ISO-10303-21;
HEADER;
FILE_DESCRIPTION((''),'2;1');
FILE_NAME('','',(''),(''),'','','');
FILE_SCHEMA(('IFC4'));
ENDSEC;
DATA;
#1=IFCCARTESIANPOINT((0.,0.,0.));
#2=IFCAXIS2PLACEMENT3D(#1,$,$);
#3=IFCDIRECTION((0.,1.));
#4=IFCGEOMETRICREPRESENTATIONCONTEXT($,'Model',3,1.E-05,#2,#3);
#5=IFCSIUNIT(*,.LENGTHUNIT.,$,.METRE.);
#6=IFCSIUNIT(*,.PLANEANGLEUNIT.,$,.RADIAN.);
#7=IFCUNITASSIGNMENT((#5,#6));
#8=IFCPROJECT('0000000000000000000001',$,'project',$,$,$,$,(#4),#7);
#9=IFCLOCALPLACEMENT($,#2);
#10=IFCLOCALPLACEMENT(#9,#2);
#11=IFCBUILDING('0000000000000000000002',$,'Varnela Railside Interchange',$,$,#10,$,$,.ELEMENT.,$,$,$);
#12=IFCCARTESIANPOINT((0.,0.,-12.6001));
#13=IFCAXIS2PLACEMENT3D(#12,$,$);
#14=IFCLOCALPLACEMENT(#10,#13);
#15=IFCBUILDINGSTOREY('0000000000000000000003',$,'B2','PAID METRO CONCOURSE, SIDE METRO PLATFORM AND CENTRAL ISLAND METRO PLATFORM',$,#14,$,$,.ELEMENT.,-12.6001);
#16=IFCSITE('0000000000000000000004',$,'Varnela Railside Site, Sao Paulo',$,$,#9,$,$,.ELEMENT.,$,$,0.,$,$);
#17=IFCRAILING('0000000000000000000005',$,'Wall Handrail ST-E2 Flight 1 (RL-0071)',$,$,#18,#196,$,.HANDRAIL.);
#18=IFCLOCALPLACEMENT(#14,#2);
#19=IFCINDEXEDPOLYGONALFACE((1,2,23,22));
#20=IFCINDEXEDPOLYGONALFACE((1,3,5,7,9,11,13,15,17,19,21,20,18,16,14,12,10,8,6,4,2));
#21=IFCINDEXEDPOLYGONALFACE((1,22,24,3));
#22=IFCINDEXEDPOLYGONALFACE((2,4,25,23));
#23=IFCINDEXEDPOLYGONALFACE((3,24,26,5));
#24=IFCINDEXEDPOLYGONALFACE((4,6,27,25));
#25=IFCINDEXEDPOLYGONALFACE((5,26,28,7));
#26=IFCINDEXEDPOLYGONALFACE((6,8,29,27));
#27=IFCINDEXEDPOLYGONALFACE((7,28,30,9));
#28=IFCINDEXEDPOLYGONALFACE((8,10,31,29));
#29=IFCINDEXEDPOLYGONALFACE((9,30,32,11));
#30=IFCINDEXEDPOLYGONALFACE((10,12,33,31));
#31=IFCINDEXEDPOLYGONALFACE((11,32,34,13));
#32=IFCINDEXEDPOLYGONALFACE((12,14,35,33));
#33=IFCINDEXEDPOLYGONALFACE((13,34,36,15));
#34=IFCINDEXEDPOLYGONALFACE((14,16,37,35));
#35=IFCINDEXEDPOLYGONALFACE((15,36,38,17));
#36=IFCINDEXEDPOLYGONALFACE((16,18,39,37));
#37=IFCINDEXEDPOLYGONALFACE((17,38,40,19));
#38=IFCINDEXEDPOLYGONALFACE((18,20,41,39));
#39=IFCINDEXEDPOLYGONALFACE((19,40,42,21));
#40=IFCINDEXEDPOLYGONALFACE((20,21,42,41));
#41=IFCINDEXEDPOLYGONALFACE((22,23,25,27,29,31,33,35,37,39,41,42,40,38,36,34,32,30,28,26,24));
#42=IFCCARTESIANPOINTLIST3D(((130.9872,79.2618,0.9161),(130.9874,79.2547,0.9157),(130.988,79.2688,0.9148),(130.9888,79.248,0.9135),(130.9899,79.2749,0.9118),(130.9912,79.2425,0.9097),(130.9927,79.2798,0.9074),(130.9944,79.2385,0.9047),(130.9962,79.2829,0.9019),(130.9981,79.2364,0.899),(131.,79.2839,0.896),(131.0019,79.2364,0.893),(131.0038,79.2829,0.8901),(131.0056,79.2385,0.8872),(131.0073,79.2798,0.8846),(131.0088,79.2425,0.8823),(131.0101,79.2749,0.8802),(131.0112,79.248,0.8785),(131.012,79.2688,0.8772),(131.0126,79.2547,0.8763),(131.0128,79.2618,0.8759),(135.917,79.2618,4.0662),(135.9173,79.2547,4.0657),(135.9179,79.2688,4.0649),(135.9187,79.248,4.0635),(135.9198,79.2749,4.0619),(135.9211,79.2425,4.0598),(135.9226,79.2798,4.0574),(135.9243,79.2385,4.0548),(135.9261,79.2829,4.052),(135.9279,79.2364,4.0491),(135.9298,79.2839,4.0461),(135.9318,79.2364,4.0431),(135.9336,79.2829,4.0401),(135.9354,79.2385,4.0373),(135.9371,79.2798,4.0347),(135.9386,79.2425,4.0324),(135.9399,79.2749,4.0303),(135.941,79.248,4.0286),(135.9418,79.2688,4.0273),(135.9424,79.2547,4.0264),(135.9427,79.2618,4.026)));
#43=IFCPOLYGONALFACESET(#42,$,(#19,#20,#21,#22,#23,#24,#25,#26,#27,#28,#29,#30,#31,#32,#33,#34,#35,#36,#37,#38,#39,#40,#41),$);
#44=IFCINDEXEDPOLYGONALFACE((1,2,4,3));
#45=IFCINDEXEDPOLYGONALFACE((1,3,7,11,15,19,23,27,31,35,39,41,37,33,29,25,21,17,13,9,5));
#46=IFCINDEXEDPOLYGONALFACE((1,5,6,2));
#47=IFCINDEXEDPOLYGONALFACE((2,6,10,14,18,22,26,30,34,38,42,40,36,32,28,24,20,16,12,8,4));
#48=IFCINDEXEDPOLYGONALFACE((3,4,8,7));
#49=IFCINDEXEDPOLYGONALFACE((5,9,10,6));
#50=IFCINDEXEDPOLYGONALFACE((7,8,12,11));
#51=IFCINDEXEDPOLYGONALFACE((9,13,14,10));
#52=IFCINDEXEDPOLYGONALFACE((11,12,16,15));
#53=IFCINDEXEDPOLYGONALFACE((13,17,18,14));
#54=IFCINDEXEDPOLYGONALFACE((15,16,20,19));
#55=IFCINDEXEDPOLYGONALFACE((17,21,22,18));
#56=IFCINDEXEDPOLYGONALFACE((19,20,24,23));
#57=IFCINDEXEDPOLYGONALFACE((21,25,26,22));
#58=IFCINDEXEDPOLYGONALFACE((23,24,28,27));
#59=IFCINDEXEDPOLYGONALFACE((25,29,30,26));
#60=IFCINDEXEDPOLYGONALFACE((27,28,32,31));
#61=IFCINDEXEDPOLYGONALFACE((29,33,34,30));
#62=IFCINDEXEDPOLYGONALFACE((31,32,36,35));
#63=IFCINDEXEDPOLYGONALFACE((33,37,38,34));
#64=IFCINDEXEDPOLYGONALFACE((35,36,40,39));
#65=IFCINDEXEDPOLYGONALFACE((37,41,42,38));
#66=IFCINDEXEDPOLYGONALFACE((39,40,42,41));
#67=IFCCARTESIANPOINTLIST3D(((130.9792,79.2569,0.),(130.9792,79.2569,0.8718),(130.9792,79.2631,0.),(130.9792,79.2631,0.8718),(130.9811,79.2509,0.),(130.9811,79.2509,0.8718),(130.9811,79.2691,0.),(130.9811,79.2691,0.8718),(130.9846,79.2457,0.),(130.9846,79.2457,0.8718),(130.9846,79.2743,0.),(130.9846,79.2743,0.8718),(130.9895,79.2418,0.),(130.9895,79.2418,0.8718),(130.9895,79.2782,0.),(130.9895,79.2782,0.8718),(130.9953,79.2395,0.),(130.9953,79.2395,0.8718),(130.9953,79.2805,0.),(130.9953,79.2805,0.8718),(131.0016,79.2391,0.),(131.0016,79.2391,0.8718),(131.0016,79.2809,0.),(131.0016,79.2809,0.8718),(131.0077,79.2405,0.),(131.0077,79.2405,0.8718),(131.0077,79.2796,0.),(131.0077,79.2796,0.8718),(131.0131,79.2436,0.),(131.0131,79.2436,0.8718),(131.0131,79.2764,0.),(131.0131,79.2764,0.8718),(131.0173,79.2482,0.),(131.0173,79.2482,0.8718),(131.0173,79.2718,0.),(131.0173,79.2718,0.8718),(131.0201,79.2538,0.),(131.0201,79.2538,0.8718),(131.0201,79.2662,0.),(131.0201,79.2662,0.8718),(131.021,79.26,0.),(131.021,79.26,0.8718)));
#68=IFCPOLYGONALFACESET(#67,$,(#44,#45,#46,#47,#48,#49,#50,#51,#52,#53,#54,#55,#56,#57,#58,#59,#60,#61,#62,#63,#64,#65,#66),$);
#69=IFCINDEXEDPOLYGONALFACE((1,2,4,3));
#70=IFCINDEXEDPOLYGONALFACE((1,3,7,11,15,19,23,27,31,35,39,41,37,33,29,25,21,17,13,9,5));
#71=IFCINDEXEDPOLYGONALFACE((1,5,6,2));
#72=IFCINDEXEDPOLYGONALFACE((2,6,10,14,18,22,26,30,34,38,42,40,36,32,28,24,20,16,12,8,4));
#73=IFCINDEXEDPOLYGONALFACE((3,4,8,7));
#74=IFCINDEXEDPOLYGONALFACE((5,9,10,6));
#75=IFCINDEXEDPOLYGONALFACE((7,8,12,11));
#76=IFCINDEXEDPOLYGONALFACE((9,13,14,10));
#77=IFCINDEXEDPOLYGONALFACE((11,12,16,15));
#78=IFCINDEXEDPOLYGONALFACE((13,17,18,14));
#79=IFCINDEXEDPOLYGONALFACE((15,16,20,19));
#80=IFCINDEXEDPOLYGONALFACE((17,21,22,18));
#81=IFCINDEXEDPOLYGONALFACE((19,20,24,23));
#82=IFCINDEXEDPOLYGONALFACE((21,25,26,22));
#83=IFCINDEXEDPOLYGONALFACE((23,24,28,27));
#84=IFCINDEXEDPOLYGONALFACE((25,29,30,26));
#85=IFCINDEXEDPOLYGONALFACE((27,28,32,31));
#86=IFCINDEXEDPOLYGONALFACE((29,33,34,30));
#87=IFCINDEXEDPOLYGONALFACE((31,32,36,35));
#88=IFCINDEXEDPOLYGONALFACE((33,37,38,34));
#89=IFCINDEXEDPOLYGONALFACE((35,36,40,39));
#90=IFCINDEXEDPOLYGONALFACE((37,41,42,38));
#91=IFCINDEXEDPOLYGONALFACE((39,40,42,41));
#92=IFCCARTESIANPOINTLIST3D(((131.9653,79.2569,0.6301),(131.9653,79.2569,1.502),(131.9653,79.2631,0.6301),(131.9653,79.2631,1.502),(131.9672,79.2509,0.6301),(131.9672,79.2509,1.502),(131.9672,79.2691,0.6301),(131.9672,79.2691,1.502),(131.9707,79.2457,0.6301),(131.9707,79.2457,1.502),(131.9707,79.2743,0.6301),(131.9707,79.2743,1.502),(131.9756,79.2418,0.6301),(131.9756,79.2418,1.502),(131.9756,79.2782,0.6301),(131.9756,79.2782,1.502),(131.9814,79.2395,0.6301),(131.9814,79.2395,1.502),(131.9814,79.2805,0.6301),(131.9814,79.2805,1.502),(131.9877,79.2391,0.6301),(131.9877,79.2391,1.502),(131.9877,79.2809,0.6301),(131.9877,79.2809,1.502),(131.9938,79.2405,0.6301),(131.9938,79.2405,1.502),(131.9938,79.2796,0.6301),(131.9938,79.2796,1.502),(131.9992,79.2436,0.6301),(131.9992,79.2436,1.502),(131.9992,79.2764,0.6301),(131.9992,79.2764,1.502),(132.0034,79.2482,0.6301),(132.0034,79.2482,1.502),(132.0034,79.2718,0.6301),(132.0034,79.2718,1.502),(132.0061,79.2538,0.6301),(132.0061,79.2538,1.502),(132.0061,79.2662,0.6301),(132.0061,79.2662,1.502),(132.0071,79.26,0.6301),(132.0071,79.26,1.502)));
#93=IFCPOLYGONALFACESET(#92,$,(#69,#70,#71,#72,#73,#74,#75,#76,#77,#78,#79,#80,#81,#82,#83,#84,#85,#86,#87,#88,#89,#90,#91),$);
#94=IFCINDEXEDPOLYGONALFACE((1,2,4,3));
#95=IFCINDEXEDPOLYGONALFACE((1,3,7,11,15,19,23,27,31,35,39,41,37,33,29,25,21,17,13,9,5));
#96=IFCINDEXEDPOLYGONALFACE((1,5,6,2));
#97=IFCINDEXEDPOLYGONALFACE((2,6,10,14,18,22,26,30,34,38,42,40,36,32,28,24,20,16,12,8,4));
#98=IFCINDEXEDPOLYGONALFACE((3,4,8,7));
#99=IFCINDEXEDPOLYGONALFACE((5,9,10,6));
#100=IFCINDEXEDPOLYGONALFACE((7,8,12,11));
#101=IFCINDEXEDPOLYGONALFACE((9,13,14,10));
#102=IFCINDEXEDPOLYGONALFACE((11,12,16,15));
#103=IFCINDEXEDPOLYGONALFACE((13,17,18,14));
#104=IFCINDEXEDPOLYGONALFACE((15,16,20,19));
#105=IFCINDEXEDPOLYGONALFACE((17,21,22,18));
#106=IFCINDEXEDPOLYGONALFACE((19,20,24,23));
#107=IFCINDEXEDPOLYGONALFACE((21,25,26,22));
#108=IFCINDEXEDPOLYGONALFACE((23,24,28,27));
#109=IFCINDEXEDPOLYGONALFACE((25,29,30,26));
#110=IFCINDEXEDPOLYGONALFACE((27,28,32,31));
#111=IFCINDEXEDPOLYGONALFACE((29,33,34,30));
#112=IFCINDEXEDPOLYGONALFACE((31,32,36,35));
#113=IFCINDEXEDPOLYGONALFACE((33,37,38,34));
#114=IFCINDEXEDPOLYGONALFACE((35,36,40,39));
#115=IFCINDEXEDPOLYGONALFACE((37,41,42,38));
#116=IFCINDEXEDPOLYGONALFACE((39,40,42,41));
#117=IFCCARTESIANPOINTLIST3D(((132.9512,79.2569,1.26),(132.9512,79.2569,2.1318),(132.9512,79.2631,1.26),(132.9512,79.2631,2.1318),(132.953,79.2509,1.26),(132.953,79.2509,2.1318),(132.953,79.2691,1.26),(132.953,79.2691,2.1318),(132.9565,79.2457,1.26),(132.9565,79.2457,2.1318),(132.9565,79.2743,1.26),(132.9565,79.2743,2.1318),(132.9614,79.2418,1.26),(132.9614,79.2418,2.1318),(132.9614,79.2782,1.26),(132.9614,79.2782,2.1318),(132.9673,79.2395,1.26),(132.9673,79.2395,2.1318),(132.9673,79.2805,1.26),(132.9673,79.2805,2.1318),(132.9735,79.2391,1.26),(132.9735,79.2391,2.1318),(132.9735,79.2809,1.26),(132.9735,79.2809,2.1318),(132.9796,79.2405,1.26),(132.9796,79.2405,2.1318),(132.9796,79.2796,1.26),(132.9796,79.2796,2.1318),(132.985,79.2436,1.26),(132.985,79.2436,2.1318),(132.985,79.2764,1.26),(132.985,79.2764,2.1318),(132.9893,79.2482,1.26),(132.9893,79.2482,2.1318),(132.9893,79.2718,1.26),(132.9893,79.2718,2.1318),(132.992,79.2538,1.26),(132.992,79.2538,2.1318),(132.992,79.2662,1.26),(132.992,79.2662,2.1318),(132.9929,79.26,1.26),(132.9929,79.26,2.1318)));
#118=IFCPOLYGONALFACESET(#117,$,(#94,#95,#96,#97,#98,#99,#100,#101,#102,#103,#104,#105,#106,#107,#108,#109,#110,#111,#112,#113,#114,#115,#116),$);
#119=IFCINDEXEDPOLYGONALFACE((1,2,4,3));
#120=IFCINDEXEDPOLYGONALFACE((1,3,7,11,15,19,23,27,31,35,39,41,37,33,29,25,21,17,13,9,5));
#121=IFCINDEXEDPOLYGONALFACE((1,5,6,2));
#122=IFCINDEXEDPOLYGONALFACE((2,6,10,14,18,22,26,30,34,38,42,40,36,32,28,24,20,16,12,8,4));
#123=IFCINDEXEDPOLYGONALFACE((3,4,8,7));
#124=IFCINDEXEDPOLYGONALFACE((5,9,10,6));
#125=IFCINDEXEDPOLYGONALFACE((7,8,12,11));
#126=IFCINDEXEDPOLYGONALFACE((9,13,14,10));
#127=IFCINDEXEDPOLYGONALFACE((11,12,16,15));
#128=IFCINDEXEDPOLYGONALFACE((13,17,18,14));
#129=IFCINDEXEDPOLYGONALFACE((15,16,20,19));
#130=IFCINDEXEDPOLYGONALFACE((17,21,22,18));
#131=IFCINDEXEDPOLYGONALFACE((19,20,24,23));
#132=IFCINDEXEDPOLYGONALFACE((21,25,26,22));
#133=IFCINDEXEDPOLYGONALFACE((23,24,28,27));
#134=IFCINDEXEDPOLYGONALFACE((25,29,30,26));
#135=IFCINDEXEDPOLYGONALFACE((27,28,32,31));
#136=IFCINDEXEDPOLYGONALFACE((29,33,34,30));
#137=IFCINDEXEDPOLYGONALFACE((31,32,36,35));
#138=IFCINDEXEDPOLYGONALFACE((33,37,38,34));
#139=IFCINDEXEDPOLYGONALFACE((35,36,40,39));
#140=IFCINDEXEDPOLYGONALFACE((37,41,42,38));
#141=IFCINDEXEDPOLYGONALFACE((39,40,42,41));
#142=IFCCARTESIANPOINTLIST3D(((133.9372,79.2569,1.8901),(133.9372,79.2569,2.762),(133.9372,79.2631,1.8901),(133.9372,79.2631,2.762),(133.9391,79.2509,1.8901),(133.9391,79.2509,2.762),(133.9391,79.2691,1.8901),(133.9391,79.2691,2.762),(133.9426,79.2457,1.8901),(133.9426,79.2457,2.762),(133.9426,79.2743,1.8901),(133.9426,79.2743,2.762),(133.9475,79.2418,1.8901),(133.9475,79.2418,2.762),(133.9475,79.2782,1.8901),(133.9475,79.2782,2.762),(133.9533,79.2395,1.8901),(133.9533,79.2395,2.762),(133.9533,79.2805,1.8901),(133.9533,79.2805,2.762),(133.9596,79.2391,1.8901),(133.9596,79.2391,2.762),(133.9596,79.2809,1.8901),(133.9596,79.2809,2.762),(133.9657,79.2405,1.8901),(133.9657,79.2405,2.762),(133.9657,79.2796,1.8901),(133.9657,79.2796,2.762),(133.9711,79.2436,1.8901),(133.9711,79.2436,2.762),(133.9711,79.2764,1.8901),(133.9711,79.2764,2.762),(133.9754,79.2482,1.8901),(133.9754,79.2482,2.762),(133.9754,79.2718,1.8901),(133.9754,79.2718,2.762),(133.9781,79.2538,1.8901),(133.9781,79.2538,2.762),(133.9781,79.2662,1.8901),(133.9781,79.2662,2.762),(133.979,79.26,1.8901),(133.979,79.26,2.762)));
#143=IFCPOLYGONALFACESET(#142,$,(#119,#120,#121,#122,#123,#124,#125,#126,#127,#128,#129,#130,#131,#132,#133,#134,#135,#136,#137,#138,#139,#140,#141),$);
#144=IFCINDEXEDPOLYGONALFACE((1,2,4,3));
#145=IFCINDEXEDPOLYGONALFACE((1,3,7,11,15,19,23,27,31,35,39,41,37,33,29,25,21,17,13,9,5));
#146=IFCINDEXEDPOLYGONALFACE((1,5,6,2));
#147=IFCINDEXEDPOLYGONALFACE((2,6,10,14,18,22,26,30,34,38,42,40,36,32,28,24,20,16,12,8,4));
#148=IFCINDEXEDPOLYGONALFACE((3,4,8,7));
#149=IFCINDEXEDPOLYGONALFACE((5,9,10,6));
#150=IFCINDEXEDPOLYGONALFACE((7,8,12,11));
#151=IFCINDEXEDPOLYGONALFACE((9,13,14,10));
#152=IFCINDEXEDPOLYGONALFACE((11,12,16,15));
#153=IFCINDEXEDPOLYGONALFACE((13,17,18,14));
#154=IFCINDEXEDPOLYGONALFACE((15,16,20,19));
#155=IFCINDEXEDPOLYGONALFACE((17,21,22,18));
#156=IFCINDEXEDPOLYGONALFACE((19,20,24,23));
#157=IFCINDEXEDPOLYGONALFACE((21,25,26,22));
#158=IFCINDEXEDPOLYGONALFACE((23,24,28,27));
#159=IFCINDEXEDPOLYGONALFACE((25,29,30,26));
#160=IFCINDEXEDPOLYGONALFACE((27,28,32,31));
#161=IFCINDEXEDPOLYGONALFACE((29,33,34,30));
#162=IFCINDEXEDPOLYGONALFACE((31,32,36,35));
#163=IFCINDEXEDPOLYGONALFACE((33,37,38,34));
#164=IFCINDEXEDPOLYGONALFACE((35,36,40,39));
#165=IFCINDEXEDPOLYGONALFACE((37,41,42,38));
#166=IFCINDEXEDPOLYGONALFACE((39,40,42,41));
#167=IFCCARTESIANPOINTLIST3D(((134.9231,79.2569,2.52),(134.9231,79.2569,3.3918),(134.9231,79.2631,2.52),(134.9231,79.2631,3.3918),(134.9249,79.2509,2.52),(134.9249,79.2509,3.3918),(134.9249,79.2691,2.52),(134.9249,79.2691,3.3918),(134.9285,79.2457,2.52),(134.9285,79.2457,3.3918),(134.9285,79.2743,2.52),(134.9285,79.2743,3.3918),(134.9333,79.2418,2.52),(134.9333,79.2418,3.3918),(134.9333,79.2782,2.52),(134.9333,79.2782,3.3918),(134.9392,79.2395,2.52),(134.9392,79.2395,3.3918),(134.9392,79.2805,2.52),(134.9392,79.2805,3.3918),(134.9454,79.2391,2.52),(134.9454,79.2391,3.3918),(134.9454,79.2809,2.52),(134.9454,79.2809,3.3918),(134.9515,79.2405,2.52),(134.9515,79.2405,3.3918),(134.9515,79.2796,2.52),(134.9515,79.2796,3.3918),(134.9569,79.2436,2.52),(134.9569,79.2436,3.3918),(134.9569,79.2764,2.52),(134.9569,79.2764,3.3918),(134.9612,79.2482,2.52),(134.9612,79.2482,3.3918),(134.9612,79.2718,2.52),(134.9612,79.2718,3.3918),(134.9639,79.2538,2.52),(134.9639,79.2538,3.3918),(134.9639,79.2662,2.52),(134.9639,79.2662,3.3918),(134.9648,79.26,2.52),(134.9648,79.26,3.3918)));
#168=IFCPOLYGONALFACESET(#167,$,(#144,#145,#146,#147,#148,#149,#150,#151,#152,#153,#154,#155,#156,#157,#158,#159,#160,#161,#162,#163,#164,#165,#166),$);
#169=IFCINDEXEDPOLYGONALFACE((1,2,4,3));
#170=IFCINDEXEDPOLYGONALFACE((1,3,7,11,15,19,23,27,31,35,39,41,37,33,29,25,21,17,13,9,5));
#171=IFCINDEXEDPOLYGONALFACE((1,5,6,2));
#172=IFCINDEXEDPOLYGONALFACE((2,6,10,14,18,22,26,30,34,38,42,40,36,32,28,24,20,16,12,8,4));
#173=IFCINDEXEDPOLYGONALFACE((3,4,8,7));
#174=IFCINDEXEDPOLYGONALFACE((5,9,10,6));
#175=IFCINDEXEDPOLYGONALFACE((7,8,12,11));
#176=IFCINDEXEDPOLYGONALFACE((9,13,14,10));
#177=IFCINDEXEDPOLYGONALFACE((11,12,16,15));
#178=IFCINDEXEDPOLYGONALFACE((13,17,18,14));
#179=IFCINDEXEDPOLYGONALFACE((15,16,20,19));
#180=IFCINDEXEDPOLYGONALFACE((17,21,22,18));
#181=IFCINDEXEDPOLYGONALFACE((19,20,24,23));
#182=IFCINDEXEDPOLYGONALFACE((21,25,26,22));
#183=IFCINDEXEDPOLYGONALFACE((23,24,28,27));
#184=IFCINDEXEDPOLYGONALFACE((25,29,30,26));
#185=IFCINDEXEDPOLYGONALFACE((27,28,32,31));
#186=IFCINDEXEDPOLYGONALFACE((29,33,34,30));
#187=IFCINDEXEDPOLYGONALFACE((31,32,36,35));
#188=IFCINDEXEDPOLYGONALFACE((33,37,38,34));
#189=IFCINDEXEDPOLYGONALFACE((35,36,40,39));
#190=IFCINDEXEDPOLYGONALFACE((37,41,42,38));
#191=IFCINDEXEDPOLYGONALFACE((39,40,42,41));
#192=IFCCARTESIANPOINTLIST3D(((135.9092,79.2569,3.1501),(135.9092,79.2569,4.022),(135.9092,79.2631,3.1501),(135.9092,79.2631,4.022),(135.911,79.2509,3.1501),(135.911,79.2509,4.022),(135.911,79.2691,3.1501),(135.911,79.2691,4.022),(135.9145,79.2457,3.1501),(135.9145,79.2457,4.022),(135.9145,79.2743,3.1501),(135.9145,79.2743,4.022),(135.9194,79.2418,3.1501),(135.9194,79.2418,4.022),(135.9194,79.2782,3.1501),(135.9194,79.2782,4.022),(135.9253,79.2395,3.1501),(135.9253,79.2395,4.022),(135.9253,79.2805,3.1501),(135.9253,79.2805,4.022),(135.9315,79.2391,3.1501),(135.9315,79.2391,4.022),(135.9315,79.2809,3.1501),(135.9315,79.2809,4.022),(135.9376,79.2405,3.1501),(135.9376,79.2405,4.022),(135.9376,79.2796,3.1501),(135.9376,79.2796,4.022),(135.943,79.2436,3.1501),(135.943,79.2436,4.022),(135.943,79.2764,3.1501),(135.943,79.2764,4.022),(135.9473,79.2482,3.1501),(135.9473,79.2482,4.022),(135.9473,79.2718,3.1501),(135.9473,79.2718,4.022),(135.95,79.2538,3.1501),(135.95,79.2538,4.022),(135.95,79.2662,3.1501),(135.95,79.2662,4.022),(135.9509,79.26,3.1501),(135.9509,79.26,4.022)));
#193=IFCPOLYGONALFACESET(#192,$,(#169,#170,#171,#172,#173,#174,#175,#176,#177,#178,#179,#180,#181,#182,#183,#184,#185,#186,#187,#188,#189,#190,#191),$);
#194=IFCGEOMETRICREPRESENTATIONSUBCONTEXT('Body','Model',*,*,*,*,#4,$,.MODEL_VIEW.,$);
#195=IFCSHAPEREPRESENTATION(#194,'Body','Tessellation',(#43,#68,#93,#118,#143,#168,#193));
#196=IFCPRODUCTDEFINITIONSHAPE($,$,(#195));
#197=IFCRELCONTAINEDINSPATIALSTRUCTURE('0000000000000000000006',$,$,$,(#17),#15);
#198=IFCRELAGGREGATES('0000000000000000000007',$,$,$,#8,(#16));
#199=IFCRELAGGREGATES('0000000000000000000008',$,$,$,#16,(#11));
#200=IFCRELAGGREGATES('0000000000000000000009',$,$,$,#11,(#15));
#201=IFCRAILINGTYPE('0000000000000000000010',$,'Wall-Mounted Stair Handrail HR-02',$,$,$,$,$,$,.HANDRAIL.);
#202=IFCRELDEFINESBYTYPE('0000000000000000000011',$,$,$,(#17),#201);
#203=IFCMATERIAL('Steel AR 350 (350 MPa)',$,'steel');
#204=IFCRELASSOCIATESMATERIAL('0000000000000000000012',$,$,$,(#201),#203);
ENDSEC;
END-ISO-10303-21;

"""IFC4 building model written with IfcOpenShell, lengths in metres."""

from ifc_helpers import new_model, si_unit, direction, frame, origin, origin_2d, place, context, subcontext, project, spatial, circle, extrude, material, type_object, element, save


model = new_model("IFC4")

# Units and contexts
model_context = context("Model", 3, precision=1e-05, world=origin(), true_north=direction((0.0, 1.0)))
body_context = subcontext(model_context, "Body", "Model", "MODEL_VIEW")
ifc_project = project(units=[si_unit("LENGTHUNIT", "METRE"), si_unit("PLANEANGLEUNIT", "RADIAN")], contexts=[model_context])

# Site, building, storey
site_placement = place(None, origin())
site = spatial("IfcSite", under=ifc_project, at=site_placement, Name="Varnela Railside Site, Sao Paulo", CompositionType="ELEMENT", RefElevation=0.0)
building_placement = place(site_placement, origin())
building = spatial("IfcBuilding", under=site, at=building_placement, Name="Varnela Railside Interchange", CompositionType="ELEMENT")
storey_placement = place(building_placement, frame((0.0, 0.0, -12.6001)))
storey = spatial("IfcBuildingStorey", under=building, at=storey_placement, Name="B2", Description="PAID METRO CONCOURSE, SIDE METRO PLATFORM AND CENTRAL ISLAND METRO PLATFORM", CompositionType="ELEMENT", Elevation=-12.6001)

# Railing
ifc_material_1 = material(Name="Steel AR 350 (350 MPa)", Category="steel")
railing_type_1 = type_object("IfcRailingType", Name="Wall-Mounted Stair Handrail HR-02", PredefinedType="HANDRAIL", material=ifc_material_1)
railing_1_placement = place(storey_placement, frame((131.0, 79.26, 0.0)))
element("IfcRailing", 1, at=railing_1_placement, inside=storey, type_object=railing_type_1, Name="Wall Handrail ST-E2 Flight 1 (RL-0071)", PredefinedType="HANDRAIL", context=body_context, shape_type="SweptSolid", body=[
    extrude(circle(Radius=0.0239, at=origin_2d()), frame((0.0, 0.0, 0.896), z_axis=(0.84266, 0.0, 0.538446), x_axis=(0.0, 1.0, 0.0)), (0.0, 0.0, 1.0), 5.8503),
    extrude(circle(Radius=0.021, at=origin_2d()), origin(), (0.0, 0.0, 1.0), 0.8718),
    extrude(circle(Radius=0.021, at=origin_2d()), frame((0.9861, 0.0, 0.6301)), (0.0, 0.0, 1.0), 0.8718),
    extrude(circle(Radius=0.021, at=origin_2d()), frame((1.9719, 0.0, 1.26)), (0.0, 0.0, 1.0), 0.8718),
    extrude(circle(Radius=0.021, at=origin_2d()), frame((2.958, 0.0, 1.8901)), (0.0, 0.0, 1.0), 0.8718),
    extrude(circle(Radius=0.021, at=origin_2d()), frame((3.9438, 0.0, 2.52)), (0.0, 0.0, 1.0), 0.8718),
    extrude(circle(Radius=0.021, at=origin_2d()), frame((4.9299, 0.0, 3.1501)), (0.0, 0.0, 1.0), 0.8718),
])

save(model, "model.ifc")
